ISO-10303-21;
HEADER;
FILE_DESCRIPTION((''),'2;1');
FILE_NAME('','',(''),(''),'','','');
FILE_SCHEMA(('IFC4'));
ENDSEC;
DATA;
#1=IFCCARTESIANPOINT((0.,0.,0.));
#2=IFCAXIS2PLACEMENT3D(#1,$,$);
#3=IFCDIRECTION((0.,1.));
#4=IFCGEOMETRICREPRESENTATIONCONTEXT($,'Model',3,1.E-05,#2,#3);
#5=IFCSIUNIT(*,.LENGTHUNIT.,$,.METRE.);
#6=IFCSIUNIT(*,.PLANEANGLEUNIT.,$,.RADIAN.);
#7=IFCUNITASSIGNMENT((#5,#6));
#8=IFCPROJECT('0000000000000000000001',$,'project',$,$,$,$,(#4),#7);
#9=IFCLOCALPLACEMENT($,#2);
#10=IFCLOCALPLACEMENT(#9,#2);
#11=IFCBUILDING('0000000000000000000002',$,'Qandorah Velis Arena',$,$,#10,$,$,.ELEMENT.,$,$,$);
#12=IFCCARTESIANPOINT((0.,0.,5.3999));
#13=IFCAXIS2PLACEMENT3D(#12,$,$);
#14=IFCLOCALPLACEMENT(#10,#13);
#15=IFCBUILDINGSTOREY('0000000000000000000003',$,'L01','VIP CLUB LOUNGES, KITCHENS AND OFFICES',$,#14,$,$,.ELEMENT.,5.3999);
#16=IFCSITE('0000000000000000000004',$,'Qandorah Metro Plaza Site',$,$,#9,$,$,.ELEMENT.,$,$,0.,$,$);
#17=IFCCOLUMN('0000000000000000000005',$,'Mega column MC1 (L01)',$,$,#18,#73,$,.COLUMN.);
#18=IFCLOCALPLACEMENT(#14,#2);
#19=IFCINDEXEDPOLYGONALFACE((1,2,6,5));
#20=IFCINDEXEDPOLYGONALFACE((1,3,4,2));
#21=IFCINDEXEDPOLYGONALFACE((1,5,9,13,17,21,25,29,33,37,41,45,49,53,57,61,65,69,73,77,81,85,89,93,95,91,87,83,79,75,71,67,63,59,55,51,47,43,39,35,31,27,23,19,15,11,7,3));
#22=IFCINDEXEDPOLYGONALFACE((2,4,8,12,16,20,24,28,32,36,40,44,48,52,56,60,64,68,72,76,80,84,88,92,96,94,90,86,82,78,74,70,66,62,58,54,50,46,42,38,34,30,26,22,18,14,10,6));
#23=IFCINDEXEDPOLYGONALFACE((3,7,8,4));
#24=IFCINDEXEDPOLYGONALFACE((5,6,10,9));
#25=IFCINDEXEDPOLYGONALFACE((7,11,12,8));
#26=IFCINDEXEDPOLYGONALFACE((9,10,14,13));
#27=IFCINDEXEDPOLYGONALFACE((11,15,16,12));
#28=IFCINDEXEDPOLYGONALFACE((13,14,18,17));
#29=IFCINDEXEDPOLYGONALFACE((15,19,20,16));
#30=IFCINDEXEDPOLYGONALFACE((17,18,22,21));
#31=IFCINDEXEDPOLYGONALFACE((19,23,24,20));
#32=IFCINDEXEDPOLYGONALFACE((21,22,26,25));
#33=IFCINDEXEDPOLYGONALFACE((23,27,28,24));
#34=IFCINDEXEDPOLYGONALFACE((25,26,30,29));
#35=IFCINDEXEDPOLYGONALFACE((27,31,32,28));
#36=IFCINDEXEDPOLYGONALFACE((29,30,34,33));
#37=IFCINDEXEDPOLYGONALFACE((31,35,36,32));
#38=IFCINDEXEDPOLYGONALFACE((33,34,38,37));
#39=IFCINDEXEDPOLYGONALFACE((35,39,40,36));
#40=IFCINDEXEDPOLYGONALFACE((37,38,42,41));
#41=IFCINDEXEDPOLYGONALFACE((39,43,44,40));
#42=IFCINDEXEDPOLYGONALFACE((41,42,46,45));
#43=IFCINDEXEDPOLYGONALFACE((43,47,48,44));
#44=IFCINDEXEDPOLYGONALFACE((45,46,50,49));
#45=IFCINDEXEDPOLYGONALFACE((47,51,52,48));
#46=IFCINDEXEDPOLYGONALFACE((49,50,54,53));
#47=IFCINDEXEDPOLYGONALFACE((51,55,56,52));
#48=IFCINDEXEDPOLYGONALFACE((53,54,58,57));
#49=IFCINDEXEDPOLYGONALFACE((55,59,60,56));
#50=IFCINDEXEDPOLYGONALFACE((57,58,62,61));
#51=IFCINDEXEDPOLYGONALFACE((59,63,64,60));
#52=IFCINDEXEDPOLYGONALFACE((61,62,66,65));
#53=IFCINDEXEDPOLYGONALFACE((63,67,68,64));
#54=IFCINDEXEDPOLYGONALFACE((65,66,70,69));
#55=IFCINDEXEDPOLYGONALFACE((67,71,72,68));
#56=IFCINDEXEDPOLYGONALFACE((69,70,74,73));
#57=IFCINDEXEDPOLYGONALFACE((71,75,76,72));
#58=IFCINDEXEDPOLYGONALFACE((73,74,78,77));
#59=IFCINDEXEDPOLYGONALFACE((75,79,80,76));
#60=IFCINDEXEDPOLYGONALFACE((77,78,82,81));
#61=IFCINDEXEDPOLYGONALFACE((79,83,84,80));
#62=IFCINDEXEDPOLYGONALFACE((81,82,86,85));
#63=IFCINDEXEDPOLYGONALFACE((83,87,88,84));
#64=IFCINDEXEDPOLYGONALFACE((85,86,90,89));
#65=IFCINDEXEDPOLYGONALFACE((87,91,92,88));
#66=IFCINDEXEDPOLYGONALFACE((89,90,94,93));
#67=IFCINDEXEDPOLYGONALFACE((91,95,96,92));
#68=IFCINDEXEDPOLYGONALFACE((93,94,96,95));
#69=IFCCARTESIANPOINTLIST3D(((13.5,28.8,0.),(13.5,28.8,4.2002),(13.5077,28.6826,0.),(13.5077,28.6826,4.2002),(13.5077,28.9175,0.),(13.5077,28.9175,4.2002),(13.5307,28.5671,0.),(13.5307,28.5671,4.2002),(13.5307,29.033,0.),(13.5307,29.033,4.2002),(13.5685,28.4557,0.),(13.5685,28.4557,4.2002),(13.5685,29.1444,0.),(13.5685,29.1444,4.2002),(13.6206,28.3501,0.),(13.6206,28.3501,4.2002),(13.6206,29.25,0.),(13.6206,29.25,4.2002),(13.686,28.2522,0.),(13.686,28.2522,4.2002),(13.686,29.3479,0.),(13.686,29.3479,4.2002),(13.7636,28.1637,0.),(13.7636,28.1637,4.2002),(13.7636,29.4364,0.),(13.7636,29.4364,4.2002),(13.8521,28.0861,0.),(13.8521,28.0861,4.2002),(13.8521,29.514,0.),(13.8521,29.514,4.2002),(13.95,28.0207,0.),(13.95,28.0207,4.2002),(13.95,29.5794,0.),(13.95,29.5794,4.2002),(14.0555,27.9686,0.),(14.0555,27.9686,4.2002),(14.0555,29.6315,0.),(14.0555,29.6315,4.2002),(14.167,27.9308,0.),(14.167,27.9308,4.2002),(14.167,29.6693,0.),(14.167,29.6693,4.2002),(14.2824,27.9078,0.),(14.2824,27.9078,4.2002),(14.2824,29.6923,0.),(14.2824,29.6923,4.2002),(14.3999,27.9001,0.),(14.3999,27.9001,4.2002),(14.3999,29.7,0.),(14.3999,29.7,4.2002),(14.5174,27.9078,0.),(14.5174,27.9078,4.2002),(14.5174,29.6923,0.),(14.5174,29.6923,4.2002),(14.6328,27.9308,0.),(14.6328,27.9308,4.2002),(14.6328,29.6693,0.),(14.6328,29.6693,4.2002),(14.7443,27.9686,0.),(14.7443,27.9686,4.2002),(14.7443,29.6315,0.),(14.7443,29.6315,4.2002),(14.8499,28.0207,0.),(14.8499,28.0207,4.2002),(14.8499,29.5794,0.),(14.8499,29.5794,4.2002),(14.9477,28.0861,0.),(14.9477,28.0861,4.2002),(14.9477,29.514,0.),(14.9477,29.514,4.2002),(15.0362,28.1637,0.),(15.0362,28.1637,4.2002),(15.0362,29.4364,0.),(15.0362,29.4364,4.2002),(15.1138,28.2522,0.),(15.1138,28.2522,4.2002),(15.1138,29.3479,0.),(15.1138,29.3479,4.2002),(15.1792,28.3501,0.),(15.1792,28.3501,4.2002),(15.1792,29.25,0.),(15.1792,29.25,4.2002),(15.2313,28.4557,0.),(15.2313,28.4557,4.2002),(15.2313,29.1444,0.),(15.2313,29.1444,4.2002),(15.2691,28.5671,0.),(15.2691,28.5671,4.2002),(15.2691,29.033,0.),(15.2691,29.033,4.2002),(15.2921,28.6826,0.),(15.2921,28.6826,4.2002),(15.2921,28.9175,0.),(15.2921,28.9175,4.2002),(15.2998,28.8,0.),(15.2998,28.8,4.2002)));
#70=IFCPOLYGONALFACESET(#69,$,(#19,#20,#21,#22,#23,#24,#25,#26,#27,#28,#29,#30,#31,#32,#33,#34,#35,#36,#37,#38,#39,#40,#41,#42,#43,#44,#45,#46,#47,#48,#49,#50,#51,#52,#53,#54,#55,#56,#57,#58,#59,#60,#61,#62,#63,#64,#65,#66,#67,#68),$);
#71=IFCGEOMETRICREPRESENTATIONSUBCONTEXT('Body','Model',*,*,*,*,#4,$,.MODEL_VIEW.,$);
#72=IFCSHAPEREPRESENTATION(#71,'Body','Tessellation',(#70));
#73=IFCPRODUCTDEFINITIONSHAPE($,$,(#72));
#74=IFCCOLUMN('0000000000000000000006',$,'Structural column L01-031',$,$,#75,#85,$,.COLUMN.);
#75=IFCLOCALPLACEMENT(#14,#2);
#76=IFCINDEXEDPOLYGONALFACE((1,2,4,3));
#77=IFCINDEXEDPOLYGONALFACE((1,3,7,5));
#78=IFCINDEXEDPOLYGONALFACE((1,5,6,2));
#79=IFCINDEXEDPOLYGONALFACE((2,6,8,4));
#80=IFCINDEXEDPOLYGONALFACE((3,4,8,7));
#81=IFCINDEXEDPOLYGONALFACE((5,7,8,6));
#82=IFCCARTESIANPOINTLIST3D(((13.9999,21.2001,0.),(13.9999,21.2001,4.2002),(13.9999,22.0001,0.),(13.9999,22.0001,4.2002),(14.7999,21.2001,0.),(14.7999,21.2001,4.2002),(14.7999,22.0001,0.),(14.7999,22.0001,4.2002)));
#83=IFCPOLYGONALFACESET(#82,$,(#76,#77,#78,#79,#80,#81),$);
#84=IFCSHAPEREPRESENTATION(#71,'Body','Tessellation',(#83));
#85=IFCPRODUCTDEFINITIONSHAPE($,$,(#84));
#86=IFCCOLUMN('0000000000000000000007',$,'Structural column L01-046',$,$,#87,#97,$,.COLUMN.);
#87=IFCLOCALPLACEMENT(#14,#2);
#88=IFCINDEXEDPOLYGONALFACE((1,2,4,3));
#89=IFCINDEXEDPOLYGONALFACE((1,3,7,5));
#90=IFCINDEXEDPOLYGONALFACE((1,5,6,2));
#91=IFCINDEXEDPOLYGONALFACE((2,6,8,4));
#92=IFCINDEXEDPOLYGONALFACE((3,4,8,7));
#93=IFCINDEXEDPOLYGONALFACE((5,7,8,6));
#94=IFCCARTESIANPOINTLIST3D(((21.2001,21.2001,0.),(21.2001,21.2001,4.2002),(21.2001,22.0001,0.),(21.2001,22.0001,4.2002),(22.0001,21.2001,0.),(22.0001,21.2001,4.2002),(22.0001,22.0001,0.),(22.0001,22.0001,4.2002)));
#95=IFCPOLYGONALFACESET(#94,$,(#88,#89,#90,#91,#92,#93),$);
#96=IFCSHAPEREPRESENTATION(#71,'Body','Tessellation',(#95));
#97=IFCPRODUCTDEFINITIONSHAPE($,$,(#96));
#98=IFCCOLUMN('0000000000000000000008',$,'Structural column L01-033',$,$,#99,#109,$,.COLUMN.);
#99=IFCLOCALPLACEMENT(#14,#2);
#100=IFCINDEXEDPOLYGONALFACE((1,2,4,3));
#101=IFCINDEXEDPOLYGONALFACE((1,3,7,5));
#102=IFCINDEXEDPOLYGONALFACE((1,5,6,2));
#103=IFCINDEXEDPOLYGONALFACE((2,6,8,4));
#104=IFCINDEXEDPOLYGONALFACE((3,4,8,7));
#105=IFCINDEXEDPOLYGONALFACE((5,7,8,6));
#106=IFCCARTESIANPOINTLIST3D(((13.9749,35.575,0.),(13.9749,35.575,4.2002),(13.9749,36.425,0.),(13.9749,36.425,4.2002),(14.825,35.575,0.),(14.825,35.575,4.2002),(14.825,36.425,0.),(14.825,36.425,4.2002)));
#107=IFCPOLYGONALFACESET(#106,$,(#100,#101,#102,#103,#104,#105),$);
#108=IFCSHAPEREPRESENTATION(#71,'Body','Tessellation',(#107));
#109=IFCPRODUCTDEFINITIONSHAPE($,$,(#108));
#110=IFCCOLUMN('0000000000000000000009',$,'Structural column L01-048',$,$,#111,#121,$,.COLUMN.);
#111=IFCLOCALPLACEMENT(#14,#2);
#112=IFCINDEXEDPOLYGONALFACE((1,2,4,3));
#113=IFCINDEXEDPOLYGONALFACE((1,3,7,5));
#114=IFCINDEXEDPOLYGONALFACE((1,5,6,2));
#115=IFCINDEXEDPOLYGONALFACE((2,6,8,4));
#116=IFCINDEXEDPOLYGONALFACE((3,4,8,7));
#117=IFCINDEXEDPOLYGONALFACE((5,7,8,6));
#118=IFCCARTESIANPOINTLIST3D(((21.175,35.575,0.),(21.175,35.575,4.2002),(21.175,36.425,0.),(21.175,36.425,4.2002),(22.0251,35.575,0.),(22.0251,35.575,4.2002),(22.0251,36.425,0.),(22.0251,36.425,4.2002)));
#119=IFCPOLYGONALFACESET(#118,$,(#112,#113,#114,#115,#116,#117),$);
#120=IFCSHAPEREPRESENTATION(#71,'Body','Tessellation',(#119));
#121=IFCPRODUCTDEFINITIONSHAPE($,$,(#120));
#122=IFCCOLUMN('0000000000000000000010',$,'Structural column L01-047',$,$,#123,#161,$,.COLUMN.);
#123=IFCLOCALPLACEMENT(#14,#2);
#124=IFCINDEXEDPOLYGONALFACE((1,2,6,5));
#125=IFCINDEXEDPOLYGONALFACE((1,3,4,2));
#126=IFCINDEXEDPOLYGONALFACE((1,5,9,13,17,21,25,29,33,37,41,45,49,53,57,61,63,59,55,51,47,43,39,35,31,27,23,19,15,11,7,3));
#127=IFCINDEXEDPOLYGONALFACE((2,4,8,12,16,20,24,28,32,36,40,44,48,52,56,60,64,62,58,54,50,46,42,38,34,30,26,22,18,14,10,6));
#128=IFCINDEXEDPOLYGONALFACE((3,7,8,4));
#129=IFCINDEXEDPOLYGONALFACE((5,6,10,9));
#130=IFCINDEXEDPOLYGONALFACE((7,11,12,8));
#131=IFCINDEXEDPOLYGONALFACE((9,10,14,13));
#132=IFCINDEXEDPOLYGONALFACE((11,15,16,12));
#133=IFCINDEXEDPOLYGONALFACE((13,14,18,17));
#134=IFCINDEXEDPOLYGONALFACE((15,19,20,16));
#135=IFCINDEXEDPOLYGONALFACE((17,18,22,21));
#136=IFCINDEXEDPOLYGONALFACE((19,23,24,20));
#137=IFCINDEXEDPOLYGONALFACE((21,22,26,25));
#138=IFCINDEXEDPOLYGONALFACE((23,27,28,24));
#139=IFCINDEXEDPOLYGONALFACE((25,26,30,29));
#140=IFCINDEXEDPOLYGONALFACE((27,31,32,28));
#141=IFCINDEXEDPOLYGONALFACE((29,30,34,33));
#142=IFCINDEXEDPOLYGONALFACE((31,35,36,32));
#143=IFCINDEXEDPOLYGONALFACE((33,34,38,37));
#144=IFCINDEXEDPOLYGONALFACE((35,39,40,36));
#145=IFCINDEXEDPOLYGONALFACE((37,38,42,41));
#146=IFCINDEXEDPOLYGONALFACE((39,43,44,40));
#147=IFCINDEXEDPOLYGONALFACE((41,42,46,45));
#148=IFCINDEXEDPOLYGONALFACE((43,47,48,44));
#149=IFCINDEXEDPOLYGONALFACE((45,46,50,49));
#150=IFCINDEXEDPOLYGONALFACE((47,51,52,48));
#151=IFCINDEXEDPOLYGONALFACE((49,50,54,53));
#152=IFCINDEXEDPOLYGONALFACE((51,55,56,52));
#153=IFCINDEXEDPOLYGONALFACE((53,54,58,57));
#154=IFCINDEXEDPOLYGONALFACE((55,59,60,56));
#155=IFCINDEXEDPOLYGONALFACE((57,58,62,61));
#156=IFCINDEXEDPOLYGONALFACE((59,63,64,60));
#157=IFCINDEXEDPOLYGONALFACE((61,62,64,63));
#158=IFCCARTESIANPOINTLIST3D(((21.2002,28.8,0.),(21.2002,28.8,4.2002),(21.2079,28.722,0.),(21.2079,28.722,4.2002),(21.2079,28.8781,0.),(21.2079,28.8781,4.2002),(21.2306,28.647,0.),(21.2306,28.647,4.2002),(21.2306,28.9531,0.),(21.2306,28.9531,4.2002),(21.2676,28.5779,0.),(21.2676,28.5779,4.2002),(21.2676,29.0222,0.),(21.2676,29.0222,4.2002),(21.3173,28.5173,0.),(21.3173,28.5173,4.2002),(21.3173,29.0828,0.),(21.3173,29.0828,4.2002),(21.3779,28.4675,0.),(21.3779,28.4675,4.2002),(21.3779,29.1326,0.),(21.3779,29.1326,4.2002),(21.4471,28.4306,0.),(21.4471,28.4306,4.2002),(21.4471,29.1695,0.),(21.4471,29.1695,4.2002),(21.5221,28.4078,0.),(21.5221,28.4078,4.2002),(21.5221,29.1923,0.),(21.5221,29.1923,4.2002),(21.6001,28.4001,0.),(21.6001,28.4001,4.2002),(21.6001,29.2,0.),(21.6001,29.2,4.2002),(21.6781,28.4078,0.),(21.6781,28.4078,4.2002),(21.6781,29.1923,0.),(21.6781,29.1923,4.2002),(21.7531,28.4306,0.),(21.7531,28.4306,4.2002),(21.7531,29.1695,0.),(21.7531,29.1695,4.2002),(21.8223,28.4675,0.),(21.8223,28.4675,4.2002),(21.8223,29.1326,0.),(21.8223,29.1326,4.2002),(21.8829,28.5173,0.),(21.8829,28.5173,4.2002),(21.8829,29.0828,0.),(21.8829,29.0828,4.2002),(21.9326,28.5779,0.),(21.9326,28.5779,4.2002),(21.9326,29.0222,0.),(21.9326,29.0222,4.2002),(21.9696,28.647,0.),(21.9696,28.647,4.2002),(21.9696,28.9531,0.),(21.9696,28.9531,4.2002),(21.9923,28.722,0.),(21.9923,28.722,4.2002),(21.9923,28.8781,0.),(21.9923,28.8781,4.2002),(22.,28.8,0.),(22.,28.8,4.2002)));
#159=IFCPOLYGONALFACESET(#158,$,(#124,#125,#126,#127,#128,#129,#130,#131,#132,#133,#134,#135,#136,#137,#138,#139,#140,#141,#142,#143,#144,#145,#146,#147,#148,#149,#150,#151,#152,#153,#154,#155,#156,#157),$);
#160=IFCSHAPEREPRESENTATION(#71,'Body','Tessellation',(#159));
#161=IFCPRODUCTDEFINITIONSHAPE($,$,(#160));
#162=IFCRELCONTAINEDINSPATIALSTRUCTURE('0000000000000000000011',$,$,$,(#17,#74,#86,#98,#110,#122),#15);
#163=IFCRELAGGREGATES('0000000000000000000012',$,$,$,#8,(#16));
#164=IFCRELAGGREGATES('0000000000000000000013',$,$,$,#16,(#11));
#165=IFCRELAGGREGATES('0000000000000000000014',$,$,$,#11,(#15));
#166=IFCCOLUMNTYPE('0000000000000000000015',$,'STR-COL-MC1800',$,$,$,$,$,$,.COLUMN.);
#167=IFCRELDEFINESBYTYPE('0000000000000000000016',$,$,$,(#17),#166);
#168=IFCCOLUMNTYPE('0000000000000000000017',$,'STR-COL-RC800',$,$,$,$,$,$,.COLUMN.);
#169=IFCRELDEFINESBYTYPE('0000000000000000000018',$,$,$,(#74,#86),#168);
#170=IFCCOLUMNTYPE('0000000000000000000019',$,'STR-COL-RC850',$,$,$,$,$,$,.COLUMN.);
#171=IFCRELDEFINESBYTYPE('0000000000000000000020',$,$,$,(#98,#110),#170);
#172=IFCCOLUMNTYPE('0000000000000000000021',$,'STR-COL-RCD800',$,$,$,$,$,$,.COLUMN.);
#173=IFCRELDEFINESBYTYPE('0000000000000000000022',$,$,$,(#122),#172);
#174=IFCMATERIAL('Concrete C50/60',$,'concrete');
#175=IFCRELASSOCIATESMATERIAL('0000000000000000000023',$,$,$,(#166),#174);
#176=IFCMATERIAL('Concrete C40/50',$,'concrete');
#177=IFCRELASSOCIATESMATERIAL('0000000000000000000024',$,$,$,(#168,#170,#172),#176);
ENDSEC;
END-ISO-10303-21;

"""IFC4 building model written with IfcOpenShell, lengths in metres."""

from ifc_helpers import new_model, si_unit, direction, frame, origin, origin_2d, place, context, subcontext, project, spatial, rectangle, circle, extrude, material, material_profile, profile_set, type_object, element, save


model = new_model("IFC4")

# Units and contexts
model_context = context("Model", 3, precision=1e-05, world=origin(), true_north=direction((0.0, 1.0)))
body_context = subcontext(model_context, "Body", "Model", "MODEL_VIEW")
ifc_project = project(units=[si_unit("LENGTHUNIT", "METRE"), si_unit("PLANEANGLEUNIT", "RADIAN")], contexts=[model_context])

# Site, building, storey
site_placement = place(None, origin())
site = spatial("IfcSite", under=ifc_project, at=site_placement, Name="Qandorah Metro Plaza Site", CompositionType="ELEMENT", RefElevation=0.0)
building_placement = place(site_placement, origin())
building = spatial("IfcBuilding", under=site, at=building_placement, Name="Qandorah Velis Arena", CompositionType="ELEMENT")
storey_placement = place(building_placement, frame((0.0, 0.0, 5.3999)))
storey = spatial("IfcBuildingStorey", under=building, at=storey_placement, Name="L01", Description="VIP CLUB LOUNGES, KITCHENS AND OFFICES", CompositionType="ELEMENT", Elevation=5.3999)

# Columns
ifc_material_1 = material(Name="Concrete C50/60", Category="concrete")
ifc_material_profile_1 = material_profile(ifc_material_1, circle(Radius=0.8999, at=origin_2d()), Name="MC D1800")
ifc_profile_set_1 = profile_set([ifc_material_profile_1], Name="Concrete C50/60")
column_type_1 = type_object("IfcColumnType", Name="STR-COL-MC1800", PredefinedType="COLUMN", material=ifc_profile_set_1)
column_1_placement = place(storey_placement, frame((14.3999, 28.8, 0.0), z_axis=(0.0, 0.0, 1.0), x_axis=(1.0, 0.0, 0.0)))
element("IfcColumn", 1, at=column_1_placement, inside=storey, type_object=column_type_1, Name="Mega column MC1 (L01)", PredefinedType="COLUMN", context=body_context, shape_type="SweptSolid", body=[
    extrude(circle(Radius=0.8999, at=origin_2d()), origin(), (0.0, 0.0, 1.0), 4.2002),
])
ifc_material_2 = material(Name="Concrete C40/50", Category="concrete")
ifc_material_profile_2 = material_profile(ifc_material_2, rectangle(XDim=0.8, YDim=0.8, at=origin_2d()), Name="RC COL 800x800")
ifc_profile_set_2 = profile_set([ifc_material_profile_2], Name="Concrete C40/50")
column_type_2 = type_object("IfcColumnType", Name="STR-COL-RC800", PredefinedType="COLUMN", material=ifc_profile_set_2)
for number, where, z_axis, x_axis, name in (
    (2, (14.3999, 21.6001, 0.0), (0.0, 0.0, 1.0), (1.0, 0.0, 0.0), "Structural column L01-031"),
    (3, (21.6001, 21.6001, 0.0), (0.0, 0.0, 1.0), (1.0, 0.0, 0.0), "Structural column L01-046"),
):
    element("IfcColumn", number, at=place(storey_placement, frame(where, z_axis=z_axis, x_axis=x_axis)), inside=storey, type_object=column_type_2, Name=name, PredefinedType="COLUMN", context=body_context, shape_type="SweptSolid", body=[
        extrude(rectangle(XDim=0.8, YDim=0.8, at=origin_2d()), origin(), (0.0, 0.0, 1.0), 4.2002),
    ])
ifc_material_profile_3 = material_profile(ifc_material_2, rectangle(XDim=0.8501, YDim=0.8501, at=origin_2d()), Name="RC COL 850x850")
ifc_profile_set_3 = profile_set([ifc_material_profile_3], Name="Concrete C40/50")
column_type_3 = type_object("IfcColumnType", Name="STR-COL-RC850", PredefinedType="COLUMN", material=ifc_profile_set_3)
for number, where, z_axis, x_axis, name in (
    (4, (14.3999, 36.0, 0.0), (0.0, 0.0, 1.0), (1.0, 0.0, 0.0), "Structural column L01-033"),
    (5, (21.6001, 36.0, 0.0), (0.0, 0.0, 1.0), (1.0, 0.0, 0.0), "Structural column L01-048"),
):
    element("IfcColumn", number, at=place(storey_placement, frame(where, z_axis=z_axis, x_axis=x_axis)), inside=storey, type_object=column_type_3, Name=name, PredefinedType="COLUMN", context=body_context, shape_type="SweptSolid", body=[
        extrude(rectangle(XDim=0.8501, YDim=0.8501, at=origin_2d()), origin(), (0.0, 0.0, 1.0), 4.2002),
    ])
ifc_material_profile_4 = material_profile(ifc_material_2, circle(Radius=0.3999, at=origin_2d()), Name="RC D800")
ifc_profile_set_4 = profile_set([ifc_material_profile_4], Name="Concrete C40/50")
column_type_4 = type_object("IfcColumnType", Name="STR-COL-RCD800", PredefinedType="COLUMN", material=ifc_profile_set_4)
column_2_placement = place(storey_placement, frame((21.6001, 28.8, 0.0), z_axis=(0.0, 0.0, 1.0), x_axis=(1.0, 0.0, 0.0)))
element("IfcColumn", 6, at=column_2_placement, inside=storey, type_object=column_type_4, Name="Structural column L01-047", PredefinedType="COLUMN", context=body_context, shape_type="SweptSolid", body=[
    extrude(circle(Radius=0.3999, at=origin_2d()), origin(), (0.0, 0.0, 1.0), 4.2002),
])

save(model, "model.ifc")
